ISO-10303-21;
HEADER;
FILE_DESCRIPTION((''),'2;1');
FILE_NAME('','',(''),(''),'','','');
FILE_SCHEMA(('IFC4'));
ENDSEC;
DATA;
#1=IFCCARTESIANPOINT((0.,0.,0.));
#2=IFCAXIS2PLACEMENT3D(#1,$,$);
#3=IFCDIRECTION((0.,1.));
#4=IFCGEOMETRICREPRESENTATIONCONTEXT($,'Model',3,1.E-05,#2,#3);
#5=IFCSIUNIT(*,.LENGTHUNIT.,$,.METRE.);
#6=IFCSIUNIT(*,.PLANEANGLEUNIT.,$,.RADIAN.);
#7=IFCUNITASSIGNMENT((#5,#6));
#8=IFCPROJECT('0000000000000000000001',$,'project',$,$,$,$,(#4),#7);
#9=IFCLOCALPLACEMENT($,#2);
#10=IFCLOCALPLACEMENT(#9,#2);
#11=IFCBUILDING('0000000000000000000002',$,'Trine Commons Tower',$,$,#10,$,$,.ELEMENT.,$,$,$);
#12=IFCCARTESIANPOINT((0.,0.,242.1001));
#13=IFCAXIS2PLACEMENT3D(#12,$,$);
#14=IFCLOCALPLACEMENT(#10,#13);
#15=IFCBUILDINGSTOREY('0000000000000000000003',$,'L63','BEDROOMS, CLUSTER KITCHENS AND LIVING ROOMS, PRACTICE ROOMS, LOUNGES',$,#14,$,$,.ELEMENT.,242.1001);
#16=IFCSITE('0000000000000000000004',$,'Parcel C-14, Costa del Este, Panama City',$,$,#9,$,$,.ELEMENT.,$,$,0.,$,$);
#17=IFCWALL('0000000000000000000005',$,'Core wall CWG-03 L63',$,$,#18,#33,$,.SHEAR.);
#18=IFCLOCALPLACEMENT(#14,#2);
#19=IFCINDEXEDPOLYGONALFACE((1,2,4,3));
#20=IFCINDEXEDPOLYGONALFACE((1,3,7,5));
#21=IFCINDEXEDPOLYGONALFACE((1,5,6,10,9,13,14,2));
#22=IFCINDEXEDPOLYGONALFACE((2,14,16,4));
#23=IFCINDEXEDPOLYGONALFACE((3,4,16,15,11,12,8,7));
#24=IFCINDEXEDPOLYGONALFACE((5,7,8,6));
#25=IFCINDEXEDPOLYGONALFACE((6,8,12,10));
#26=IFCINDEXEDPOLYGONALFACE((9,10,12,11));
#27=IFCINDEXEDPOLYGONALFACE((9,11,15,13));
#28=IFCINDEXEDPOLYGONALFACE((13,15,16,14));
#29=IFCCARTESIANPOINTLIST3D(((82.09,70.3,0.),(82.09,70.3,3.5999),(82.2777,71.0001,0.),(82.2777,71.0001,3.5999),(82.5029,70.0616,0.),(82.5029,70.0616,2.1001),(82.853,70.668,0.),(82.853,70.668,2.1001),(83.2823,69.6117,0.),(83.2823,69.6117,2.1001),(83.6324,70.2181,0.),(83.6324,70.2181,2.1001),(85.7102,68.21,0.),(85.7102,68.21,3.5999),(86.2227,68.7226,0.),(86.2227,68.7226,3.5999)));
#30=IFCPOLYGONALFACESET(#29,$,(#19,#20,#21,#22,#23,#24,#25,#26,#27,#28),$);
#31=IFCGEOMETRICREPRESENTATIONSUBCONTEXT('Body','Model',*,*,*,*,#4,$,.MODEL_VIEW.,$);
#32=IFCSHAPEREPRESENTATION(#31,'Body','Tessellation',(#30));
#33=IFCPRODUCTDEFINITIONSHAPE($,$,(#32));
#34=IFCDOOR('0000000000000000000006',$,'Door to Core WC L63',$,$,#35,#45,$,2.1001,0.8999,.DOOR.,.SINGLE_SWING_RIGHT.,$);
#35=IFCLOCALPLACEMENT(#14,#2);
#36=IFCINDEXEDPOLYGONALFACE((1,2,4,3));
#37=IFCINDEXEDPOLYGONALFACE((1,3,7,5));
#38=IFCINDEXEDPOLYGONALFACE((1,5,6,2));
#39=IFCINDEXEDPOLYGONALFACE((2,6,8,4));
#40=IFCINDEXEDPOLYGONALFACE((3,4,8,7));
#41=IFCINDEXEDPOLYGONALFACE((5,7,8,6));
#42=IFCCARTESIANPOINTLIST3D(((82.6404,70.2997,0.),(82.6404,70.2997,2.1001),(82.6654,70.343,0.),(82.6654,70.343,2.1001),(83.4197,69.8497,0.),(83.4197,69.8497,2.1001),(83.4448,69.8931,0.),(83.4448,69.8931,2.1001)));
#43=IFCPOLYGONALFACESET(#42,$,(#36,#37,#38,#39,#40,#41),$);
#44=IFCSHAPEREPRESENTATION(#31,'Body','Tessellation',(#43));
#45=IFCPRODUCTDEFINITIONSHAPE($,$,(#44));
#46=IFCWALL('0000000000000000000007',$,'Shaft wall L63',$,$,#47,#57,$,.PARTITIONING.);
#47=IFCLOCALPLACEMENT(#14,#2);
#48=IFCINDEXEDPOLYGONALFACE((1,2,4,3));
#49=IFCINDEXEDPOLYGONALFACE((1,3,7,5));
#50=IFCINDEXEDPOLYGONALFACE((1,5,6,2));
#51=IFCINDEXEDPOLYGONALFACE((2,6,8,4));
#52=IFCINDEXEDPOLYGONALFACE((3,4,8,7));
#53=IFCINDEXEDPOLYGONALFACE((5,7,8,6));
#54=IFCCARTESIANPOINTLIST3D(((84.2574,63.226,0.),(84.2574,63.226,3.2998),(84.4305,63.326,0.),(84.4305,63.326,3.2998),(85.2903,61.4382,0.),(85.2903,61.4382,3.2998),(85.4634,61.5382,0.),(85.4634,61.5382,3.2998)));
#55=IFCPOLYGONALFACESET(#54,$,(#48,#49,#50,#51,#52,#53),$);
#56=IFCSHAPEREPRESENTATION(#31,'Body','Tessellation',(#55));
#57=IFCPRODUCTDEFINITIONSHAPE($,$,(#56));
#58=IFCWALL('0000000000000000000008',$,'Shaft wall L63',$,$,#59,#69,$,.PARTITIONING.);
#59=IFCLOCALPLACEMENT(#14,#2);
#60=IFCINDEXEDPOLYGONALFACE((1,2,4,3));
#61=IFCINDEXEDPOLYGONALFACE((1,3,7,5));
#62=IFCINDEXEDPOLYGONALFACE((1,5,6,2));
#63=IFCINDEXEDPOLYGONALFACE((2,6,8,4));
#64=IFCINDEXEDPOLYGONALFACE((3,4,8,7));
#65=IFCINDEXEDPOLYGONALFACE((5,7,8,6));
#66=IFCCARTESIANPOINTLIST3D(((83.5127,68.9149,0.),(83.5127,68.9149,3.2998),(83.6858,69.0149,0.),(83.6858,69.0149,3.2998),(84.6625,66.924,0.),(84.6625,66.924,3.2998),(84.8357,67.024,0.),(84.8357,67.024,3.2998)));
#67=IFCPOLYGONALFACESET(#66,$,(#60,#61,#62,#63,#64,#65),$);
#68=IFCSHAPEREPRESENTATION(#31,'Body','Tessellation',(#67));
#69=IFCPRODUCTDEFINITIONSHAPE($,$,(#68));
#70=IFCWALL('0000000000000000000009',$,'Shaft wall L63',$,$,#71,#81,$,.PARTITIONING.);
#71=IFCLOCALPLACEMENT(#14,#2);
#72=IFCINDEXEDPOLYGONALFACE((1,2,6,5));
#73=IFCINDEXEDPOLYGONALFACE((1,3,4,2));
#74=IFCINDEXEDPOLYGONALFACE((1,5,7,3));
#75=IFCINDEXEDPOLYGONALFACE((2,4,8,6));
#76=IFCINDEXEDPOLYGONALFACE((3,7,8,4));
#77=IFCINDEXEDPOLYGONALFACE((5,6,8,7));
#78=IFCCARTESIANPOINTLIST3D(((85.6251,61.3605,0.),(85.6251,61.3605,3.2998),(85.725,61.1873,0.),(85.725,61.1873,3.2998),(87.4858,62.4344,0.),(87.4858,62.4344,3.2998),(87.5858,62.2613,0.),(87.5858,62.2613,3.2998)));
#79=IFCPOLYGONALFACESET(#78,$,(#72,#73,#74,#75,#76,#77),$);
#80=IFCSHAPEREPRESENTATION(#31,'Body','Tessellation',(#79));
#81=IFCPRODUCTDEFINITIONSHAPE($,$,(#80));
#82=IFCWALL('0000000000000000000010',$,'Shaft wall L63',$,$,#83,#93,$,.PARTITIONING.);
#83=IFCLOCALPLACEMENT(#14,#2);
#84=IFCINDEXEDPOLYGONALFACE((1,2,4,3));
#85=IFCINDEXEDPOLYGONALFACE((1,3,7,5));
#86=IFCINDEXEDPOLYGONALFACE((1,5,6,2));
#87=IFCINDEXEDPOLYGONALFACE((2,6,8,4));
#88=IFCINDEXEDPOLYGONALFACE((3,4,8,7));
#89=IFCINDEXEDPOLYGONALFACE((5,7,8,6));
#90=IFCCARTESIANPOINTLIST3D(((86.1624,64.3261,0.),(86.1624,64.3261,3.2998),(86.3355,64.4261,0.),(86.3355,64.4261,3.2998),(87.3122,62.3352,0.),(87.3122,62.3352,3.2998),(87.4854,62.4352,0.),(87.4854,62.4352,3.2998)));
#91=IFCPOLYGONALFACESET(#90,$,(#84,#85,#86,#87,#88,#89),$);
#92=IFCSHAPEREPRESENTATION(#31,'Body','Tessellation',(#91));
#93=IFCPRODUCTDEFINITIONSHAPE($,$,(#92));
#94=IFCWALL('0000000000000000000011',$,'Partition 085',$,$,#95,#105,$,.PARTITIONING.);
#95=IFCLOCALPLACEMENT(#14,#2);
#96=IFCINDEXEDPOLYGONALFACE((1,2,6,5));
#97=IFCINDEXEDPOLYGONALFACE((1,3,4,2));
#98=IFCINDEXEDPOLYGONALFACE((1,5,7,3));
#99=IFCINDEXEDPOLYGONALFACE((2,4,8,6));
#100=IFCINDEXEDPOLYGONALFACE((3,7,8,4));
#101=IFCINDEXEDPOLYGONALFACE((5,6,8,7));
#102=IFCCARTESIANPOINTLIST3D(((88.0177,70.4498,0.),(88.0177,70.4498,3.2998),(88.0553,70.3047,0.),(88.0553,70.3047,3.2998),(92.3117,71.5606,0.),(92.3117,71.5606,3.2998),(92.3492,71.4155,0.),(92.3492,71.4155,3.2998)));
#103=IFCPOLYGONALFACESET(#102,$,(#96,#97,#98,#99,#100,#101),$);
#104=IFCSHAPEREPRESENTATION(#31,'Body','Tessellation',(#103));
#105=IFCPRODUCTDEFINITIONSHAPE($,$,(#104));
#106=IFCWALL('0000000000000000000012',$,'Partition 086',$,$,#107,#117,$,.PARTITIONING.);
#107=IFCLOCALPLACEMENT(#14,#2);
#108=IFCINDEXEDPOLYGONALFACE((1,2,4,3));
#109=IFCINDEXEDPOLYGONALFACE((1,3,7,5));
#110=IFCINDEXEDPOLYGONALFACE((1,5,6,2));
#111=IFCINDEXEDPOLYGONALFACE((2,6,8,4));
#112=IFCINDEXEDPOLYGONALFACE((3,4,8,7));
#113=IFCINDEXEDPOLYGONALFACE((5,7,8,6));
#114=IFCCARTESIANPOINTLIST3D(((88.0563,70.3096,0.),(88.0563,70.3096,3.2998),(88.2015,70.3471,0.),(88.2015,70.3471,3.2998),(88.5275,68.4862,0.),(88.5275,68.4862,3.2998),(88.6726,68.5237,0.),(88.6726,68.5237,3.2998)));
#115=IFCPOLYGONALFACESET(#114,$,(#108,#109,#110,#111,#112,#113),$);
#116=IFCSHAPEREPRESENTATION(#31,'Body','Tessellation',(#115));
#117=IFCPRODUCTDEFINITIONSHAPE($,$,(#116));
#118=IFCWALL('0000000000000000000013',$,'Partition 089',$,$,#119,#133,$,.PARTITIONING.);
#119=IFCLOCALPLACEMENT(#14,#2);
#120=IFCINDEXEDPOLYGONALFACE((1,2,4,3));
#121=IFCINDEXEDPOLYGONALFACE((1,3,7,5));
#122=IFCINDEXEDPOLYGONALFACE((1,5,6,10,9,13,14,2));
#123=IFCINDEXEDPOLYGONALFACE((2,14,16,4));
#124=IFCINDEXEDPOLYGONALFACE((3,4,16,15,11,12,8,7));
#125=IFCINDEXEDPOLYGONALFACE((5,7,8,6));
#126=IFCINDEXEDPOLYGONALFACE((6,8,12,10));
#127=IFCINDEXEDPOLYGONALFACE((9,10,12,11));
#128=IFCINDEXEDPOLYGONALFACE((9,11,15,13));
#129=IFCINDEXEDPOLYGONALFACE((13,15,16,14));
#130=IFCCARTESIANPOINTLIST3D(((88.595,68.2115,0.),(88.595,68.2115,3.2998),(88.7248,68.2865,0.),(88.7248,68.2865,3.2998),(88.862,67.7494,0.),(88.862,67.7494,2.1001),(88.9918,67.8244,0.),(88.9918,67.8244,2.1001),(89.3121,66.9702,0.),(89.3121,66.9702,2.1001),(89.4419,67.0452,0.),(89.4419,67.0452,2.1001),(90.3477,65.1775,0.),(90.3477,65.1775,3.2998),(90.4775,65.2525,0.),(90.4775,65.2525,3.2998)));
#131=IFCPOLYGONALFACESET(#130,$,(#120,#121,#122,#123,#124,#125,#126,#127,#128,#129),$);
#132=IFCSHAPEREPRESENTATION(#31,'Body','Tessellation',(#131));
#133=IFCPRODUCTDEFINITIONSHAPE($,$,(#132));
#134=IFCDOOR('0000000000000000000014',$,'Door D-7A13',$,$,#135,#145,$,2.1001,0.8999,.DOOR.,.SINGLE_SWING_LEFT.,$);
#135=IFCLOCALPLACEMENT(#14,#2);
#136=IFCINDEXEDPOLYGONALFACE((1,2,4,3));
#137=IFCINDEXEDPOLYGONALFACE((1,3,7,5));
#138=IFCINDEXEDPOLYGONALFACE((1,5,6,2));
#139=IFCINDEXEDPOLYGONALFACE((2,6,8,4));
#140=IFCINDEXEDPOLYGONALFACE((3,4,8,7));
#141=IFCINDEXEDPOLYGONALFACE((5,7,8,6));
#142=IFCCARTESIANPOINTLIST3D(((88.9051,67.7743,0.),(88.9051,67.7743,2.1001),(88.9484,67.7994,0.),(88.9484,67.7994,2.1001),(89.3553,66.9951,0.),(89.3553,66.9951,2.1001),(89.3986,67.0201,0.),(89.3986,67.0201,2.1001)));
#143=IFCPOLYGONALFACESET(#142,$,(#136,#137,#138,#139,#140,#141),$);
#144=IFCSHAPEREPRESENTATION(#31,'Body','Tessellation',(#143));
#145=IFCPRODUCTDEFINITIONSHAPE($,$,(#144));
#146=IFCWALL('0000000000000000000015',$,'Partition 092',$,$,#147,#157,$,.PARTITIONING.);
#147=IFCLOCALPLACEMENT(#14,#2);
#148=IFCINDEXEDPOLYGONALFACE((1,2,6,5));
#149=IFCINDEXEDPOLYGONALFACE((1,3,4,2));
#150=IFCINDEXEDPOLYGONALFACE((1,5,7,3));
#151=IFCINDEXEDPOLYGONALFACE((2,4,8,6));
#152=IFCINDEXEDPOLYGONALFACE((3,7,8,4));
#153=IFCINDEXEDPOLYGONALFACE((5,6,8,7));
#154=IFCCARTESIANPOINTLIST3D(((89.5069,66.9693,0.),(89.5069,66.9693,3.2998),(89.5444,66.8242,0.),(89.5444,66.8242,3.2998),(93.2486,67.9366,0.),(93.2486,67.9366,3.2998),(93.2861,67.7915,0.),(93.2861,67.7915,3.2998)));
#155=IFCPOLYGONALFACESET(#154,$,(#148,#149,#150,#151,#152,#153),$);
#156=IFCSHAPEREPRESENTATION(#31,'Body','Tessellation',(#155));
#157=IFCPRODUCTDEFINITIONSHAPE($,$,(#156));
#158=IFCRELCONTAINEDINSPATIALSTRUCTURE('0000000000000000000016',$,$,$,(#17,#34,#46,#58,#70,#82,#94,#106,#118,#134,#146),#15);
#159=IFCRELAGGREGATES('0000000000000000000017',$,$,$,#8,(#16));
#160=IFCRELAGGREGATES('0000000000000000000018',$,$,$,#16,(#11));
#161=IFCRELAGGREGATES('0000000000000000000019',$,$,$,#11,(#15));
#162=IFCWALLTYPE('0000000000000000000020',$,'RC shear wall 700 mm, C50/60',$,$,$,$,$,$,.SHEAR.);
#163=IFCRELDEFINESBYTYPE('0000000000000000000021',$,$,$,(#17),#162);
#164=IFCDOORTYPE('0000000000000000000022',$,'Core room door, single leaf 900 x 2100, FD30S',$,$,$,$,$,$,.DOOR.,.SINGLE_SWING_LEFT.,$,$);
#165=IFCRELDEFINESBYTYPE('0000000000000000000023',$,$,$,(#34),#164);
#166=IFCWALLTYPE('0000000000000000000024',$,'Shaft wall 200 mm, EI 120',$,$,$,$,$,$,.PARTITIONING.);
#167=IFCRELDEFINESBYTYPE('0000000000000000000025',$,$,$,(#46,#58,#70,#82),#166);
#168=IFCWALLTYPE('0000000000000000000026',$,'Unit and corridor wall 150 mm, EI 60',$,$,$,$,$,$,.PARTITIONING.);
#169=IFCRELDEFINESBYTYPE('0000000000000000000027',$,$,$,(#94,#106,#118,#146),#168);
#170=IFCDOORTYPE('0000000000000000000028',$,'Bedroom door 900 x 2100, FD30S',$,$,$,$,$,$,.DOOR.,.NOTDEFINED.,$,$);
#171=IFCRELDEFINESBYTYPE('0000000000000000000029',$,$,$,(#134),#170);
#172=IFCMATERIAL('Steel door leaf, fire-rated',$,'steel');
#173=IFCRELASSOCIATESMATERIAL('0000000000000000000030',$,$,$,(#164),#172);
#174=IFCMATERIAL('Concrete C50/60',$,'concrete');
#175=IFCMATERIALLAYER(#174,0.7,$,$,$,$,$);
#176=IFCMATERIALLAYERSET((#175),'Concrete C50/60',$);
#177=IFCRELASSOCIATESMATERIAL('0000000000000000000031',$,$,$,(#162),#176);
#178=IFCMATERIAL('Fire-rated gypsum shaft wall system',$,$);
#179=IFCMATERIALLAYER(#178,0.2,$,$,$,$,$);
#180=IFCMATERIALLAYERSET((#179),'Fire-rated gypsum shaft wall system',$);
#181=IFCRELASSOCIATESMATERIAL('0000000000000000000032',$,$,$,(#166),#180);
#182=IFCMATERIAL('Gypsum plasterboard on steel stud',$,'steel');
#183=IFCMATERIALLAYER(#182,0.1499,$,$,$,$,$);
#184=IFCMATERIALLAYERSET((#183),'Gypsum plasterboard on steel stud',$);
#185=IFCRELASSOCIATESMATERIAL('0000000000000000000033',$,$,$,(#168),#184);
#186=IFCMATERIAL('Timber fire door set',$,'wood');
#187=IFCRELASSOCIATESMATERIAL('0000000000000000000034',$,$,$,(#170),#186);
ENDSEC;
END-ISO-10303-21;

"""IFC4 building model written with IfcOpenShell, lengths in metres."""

from ifc_helpers import new_model, si_unit, direction, frame, frame_2d, origin, place, context, subcontext, project, spatial, polyline, rectangle, outline, extrude, material, layer, layer_set, type_object, element, fill, save


model = new_model("IFC4")

# Units and contexts
model_context = context("Model", 3, precision=1e-05, world=origin(), true_north=direction((0.0, 1.0)))
body_context = subcontext(model_context, "Body", "Model", "MODEL_VIEW")
ifc_project = project(units=[si_unit("LENGTHUNIT", "METRE"), si_unit("PLANEANGLEUNIT", "RADIAN")], contexts=[model_context])

# Site, building, storey
site_placement = place(None, origin())
site = spatial("IfcSite", under=ifc_project, at=site_placement, Name="Parcel C-14, Costa del Este, Panama City", CompositionType="ELEMENT", RefElevation=0.0)
building_placement = place(site_placement, origin())
building = spatial("IfcBuilding", under=site, at=building_placement, Name="Trine Commons Tower", CompositionType="ELEMENT")
storey_placement = place(building_placement, frame((0.0, 0.0, 242.1001)))
storey = spatial("IfcBuildingStorey", under=building, at=storey_placement, Name="L63", Description="BEDROOMS, CLUSTER KITCHENS AND LIVING ROOMS, PRACTICE ROOMS, LOUNGES", CompositionType="ELEMENT", Elevation=242.1001)

# Shared definitions
ifc_material_1 = material(Name="Concrete C50/60", Category="concrete")

# Wall, opening, door
ifc_material_2 = material(Name="Steel door leaf, fire-rated", Category="steel")
door_type_1 = type_object("IfcDoorType", Name="Core room door, single leaf 900 x 2100, FD30S", OperationType="SINGLE_SWING_LEFT", PredefinedType="DOOR", material=ifc_material_2)
ifc_material_3 = material(Name="Fire-rated gypsum shaft wall system")
ifc_layer_1 = layer(ifc_material_1, 0.7)
ifc_layer_set_1 = layer_set([ifc_layer_1], Name="Concrete C50/60")
wall_type_1 = type_object("IfcWallType", Name="RC shear wall 700 mm, C50/60", PredefinedType="SHEAR", material=ifc_layer_set_1)
wall_1_placement = place(storey_placement, frame((86.0476, 68.4194, 0.0), z_axis=(0.0, 0.0, 1.0), x_axis=(-0.866035, 0.499984, 0.0)))
wall_1 = element("IfcWall", 1, at=wall_1_placement, inside=storey, type_object=wall_type_1, Name="Core wall CWG-03 L63", PredefinedType="SHEAR", context=body_context, shape_type="SweptSolid", body=[
    extrude(outline(polyline([(0.0, -0.3501), (4.5552, -0.3501), (4.3677, 0.3501), (0.1875, 0.3501), (0.0, -0.3501)])), origin(), (0.0, 0.0, 1.0), 3.5999),
])
opening_1_placement = place(wall_1_placement, frame((2.991, 0.0, 0.0)))
opening_1 = element("IfcOpeningElement", 2, at=opening_1_placement, cuts=wall_1, PredefinedType="OPENING", context=body_context, shape_type="SweptSolid", body=[
    extrude(rectangle(XDim=0.8999, YDim=2.1001, at=frame_2d((0.45, 1.05))), frame((0.0, 0.3599, 0.0), z_axis=(0.0, -1.0, 0.0), x_axis=(1.0, 0.0, 0.0)), (0.0, 0.0, 1.0), 0.72),
])
door_1_placement = place(opening_1_placement, origin())
door_1 = element("IfcDoor", 3, at=door_1_placement, inside=storey, type_object=door_type_1, Name="Door to Core WC L63", OperationType="SINGLE_SWING_RIGHT", OverallHeight=2.1001, OverallWidth=0.8999, PredefinedType="DOOR", context=body_context, shape_type="SweptSolid", body=[
    extrude(rectangle(XDim=0.8999, YDim=2.1001, at=frame_2d((0.45, 1.05))), frame((0.0, 0.0752, 0.0), z_axis=(0.0, -1.0, 0.0), x_axis=(1.0, 0.0, 0.0)), (0.0, 0.0, 1.0), 0.05),
])
fill(opening_1, door_1)

# Walls
ifc_layer_2 = layer(ifc_material_3, 0.2)
ifc_layer_set_2 = layer_set([ifc_layer_2], Name="Fire-rated gypsum shaft wall system")
wall_type_2 = type_object("IfcWallType", Name="Shaft wall 200 mm, EI 120", PredefinedType="PARTITIONING", material=ifc_layer_set_2)
wall_2_placement = place(storey_placement, frame((84.344, 63.2759, 0.0), z_axis=(0.0, 0.0, 1.0), x_axis=(0.500272, -0.865868, 0.0)))
element("IfcWall", 4, at=wall_2_placement, inside=storey, type_object=wall_type_2, Name="Shaft wall L63", PredefinedType="PARTITIONING", context=body_context, shape_type="SweptSolid", body=[
    extrude(rectangle(XDim=2.0647, YDim=0.2, at=frame_2d((1.0322, 0.0))), origin(), (0.0, 0.0, 1.0), 3.2998),
])
wall_3_placement = place(storey_placement, frame((84.749, 66.9741, 0.0), z_axis=(0.0, 0.0, 1.0), x_axis=(-0.500136, 0.865947, 0.0)))
element("IfcWall", 5, at=wall_3_placement, inside=storey, type_object=wall_type_2, Name="Shaft wall L63", PredefinedType="PARTITIONING", context=body_context, shape_type="SweptSolid", body=[
    extrude(rectangle(XDim=2.2991, YDim=0.2, at=frame_2d((1.1494, 0.0))), origin(), (0.0, 0.0, 1.0), 3.2998),
])
wall_4_placement = place(storey_placement, frame((85.675, 61.2739, 0.0), z_axis=(0.0, 0.0, 1.0), x_axis=(0.866102, 0.499867, 0.0)))
element("IfcWall", 6, at=wall_4_placement, inside=storey, type_object=wall_type_2, Name="Shaft wall L63", PredefinedType="PARTITIONING", context=body_context, shape_type="SweptSolid", body=[
    extrude(rectangle(XDim=2.1484, YDim=0.2, at=frame_2d((1.0742, 0.0))), origin(), (0.0, 0.0, 1.0), 3.2998),
])
wall_5_placement = place(storey_placement, frame((86.249, 64.376, 0.0), z_axis=(0.0, 0.0, 1.0), x_axis=(0.500136, -0.865947, 0.0)))
element("IfcWall", 7, at=wall_5_placement, inside=storey, type_object=wall_type_2, Name="Shaft wall L63", PredefinedType="PARTITIONING", context=body_context, shape_type="SweptSolid", body=[
    extrude(rectangle(XDim=2.2991, YDim=0.2, at=frame_2d((1.1494, 0.0))), origin(), (0.0, 0.0, 1.0), 3.2998),
])
ifc_material_4 = material(Name="Gypsum plasterboard on steel stud", Category="steel")
ifc_layer_3 = layer(ifc_material_4, 0.1499)
ifc_layer_set_3 = layer_set([ifc_layer_3], Name="Gypsum plasterboard on steel stud")
wall_type_3 = type_object("IfcWallType", Name="Unit and corridor wall 150 mm, EI 60", PredefinedType="PARTITIONING", material=ifc_layer_set_3)
wall_6_placement = place(storey_placement, frame((88.0364, 70.3772, 0.0), z_axis=(0.0, 0.0, 1.0), x_axis=(0.968129, 0.250454, 0.0)))
element("IfcWall", 8, at=wall_6_placement, inside=storey, type_object=wall_type_3, Name="Partition 085", PredefinedType="PARTITIONING", context=body_context, shape_type="SweptSolid", body=[
    extrude(rectangle(XDim=4.4353, YDim=0.1499, at=frame_2d((2.2178, 0.0))), origin(), (0.0, 0.0, 1.0), 3.2998),
])
wall_7_placement = place(storey_placement, frame((88.1289, 70.3284, 0.0), z_axis=(0.0, 0.0, 1.0), x_axis=(0.250184, -0.968198, 0.0)))
element("IfcWall", 9, at=wall_7_placement, inside=storey, type_object=wall_type_3, Name="Partition 086", PredefinedType="PARTITIONING", context=body_context, shape_type="SweptSolid", body=[
    extrude(rectangle(XDim=1.8833, YDim=0.1499, at=frame_2d((0.9417, 0.0))), origin(), (0.0, 0.0, 1.0), 3.2998),
])

# Wall, opening, door
wall_8_placement = place(storey_placement, frame((88.6599, 68.249, 0.0), z_axis=(0.0, 0.0, 1.0), x_axis=(0.500223, -0.865897, 0.0)))
wall_8 = element("IfcWall", 10, at=wall_8_placement, inside=storey, type_object=wall_type_3, Name="Partition 089", PredefinedType="PARTITIONING", context=body_context, shape_type="SweptSolid", body=[
    extrude(rectangle(XDim=3.5039, YDim=0.1499, at=frame_2d((1.752, 0.0))), origin(), (0.0, 0.0, 1.0), 3.2998),
])
opening_2_placement = place(wall_8_placement, frame((0.5337, 0.0, 0.0)))
opening_2 = element("IfcOpeningElement", 11, at=opening_2_placement, cuts=wall_8, PredefinedType="OPENING", context=body_context, shape_type="SweptSolid", body=[
    extrude(rectangle(XDim=0.8999, YDim=2.1001, at=frame_2d((0.45, 1.05))), frame((0.0, 0.085, 0.0), z_axis=(0.0, -1.0, 0.0), x_axis=(1.0, 0.0, 0.0)), (0.0, 0.0, 1.0), 0.1699),
])
ifc_material_5 = material(Name="Timber fire door set", Category="wood")
door_type_2 = type_object("IfcDoorType", Name="Bedroom door 900 x 2100, FD30S", OperationType="NOTDEFINED", PredefinedType="DOOR", material=ifc_material_5)
door_2_placement = place(opening_2_placement, origin())
door_2 = element("IfcDoor", 12, at=door_2_placement, inside=storey, type_object=door_type_2, Name="Door D-7A13", OperationType="SINGLE_SWING_LEFT", OverallHeight=2.1001, OverallWidth=0.8999, PredefinedType="DOOR", context=body_context, shape_type="SweptSolid", body=[
    extrude(rectangle(XDim=0.8999, YDim=2.1001, at=frame_2d((0.45, 1.05))), frame((0.0, 0.0249, 0.0), z_axis=(0.0, -1.0, 0.0), x_axis=(1.0, 0.0, 0.0)), (0.0, 0.0, 1.0), 0.05),
])
fill(opening_2, door_2)

# Wall
wall_9_placement = place(storey_placement, frame((89.5256, 66.8967, 0.0), z_axis=(0.0, 0.0, 1.0), x_axis=(0.968172, 0.250287, 0.0)))
element("IfcWall", 13, at=wall_9_placement, inside=storey, type_object=wall_type_3, Name="Partition 092", PredefinedType="PARTITIONING", context=body_context, shape_type="SweptSolid", body=[
    extrude(rectangle(XDim=3.8647, YDim=0.1499, at=frame_2d((1.9324, 0.0))), origin(), (0.0, 0.0, 1.0), 3.2998),
])

save(model, "model.ifc")
